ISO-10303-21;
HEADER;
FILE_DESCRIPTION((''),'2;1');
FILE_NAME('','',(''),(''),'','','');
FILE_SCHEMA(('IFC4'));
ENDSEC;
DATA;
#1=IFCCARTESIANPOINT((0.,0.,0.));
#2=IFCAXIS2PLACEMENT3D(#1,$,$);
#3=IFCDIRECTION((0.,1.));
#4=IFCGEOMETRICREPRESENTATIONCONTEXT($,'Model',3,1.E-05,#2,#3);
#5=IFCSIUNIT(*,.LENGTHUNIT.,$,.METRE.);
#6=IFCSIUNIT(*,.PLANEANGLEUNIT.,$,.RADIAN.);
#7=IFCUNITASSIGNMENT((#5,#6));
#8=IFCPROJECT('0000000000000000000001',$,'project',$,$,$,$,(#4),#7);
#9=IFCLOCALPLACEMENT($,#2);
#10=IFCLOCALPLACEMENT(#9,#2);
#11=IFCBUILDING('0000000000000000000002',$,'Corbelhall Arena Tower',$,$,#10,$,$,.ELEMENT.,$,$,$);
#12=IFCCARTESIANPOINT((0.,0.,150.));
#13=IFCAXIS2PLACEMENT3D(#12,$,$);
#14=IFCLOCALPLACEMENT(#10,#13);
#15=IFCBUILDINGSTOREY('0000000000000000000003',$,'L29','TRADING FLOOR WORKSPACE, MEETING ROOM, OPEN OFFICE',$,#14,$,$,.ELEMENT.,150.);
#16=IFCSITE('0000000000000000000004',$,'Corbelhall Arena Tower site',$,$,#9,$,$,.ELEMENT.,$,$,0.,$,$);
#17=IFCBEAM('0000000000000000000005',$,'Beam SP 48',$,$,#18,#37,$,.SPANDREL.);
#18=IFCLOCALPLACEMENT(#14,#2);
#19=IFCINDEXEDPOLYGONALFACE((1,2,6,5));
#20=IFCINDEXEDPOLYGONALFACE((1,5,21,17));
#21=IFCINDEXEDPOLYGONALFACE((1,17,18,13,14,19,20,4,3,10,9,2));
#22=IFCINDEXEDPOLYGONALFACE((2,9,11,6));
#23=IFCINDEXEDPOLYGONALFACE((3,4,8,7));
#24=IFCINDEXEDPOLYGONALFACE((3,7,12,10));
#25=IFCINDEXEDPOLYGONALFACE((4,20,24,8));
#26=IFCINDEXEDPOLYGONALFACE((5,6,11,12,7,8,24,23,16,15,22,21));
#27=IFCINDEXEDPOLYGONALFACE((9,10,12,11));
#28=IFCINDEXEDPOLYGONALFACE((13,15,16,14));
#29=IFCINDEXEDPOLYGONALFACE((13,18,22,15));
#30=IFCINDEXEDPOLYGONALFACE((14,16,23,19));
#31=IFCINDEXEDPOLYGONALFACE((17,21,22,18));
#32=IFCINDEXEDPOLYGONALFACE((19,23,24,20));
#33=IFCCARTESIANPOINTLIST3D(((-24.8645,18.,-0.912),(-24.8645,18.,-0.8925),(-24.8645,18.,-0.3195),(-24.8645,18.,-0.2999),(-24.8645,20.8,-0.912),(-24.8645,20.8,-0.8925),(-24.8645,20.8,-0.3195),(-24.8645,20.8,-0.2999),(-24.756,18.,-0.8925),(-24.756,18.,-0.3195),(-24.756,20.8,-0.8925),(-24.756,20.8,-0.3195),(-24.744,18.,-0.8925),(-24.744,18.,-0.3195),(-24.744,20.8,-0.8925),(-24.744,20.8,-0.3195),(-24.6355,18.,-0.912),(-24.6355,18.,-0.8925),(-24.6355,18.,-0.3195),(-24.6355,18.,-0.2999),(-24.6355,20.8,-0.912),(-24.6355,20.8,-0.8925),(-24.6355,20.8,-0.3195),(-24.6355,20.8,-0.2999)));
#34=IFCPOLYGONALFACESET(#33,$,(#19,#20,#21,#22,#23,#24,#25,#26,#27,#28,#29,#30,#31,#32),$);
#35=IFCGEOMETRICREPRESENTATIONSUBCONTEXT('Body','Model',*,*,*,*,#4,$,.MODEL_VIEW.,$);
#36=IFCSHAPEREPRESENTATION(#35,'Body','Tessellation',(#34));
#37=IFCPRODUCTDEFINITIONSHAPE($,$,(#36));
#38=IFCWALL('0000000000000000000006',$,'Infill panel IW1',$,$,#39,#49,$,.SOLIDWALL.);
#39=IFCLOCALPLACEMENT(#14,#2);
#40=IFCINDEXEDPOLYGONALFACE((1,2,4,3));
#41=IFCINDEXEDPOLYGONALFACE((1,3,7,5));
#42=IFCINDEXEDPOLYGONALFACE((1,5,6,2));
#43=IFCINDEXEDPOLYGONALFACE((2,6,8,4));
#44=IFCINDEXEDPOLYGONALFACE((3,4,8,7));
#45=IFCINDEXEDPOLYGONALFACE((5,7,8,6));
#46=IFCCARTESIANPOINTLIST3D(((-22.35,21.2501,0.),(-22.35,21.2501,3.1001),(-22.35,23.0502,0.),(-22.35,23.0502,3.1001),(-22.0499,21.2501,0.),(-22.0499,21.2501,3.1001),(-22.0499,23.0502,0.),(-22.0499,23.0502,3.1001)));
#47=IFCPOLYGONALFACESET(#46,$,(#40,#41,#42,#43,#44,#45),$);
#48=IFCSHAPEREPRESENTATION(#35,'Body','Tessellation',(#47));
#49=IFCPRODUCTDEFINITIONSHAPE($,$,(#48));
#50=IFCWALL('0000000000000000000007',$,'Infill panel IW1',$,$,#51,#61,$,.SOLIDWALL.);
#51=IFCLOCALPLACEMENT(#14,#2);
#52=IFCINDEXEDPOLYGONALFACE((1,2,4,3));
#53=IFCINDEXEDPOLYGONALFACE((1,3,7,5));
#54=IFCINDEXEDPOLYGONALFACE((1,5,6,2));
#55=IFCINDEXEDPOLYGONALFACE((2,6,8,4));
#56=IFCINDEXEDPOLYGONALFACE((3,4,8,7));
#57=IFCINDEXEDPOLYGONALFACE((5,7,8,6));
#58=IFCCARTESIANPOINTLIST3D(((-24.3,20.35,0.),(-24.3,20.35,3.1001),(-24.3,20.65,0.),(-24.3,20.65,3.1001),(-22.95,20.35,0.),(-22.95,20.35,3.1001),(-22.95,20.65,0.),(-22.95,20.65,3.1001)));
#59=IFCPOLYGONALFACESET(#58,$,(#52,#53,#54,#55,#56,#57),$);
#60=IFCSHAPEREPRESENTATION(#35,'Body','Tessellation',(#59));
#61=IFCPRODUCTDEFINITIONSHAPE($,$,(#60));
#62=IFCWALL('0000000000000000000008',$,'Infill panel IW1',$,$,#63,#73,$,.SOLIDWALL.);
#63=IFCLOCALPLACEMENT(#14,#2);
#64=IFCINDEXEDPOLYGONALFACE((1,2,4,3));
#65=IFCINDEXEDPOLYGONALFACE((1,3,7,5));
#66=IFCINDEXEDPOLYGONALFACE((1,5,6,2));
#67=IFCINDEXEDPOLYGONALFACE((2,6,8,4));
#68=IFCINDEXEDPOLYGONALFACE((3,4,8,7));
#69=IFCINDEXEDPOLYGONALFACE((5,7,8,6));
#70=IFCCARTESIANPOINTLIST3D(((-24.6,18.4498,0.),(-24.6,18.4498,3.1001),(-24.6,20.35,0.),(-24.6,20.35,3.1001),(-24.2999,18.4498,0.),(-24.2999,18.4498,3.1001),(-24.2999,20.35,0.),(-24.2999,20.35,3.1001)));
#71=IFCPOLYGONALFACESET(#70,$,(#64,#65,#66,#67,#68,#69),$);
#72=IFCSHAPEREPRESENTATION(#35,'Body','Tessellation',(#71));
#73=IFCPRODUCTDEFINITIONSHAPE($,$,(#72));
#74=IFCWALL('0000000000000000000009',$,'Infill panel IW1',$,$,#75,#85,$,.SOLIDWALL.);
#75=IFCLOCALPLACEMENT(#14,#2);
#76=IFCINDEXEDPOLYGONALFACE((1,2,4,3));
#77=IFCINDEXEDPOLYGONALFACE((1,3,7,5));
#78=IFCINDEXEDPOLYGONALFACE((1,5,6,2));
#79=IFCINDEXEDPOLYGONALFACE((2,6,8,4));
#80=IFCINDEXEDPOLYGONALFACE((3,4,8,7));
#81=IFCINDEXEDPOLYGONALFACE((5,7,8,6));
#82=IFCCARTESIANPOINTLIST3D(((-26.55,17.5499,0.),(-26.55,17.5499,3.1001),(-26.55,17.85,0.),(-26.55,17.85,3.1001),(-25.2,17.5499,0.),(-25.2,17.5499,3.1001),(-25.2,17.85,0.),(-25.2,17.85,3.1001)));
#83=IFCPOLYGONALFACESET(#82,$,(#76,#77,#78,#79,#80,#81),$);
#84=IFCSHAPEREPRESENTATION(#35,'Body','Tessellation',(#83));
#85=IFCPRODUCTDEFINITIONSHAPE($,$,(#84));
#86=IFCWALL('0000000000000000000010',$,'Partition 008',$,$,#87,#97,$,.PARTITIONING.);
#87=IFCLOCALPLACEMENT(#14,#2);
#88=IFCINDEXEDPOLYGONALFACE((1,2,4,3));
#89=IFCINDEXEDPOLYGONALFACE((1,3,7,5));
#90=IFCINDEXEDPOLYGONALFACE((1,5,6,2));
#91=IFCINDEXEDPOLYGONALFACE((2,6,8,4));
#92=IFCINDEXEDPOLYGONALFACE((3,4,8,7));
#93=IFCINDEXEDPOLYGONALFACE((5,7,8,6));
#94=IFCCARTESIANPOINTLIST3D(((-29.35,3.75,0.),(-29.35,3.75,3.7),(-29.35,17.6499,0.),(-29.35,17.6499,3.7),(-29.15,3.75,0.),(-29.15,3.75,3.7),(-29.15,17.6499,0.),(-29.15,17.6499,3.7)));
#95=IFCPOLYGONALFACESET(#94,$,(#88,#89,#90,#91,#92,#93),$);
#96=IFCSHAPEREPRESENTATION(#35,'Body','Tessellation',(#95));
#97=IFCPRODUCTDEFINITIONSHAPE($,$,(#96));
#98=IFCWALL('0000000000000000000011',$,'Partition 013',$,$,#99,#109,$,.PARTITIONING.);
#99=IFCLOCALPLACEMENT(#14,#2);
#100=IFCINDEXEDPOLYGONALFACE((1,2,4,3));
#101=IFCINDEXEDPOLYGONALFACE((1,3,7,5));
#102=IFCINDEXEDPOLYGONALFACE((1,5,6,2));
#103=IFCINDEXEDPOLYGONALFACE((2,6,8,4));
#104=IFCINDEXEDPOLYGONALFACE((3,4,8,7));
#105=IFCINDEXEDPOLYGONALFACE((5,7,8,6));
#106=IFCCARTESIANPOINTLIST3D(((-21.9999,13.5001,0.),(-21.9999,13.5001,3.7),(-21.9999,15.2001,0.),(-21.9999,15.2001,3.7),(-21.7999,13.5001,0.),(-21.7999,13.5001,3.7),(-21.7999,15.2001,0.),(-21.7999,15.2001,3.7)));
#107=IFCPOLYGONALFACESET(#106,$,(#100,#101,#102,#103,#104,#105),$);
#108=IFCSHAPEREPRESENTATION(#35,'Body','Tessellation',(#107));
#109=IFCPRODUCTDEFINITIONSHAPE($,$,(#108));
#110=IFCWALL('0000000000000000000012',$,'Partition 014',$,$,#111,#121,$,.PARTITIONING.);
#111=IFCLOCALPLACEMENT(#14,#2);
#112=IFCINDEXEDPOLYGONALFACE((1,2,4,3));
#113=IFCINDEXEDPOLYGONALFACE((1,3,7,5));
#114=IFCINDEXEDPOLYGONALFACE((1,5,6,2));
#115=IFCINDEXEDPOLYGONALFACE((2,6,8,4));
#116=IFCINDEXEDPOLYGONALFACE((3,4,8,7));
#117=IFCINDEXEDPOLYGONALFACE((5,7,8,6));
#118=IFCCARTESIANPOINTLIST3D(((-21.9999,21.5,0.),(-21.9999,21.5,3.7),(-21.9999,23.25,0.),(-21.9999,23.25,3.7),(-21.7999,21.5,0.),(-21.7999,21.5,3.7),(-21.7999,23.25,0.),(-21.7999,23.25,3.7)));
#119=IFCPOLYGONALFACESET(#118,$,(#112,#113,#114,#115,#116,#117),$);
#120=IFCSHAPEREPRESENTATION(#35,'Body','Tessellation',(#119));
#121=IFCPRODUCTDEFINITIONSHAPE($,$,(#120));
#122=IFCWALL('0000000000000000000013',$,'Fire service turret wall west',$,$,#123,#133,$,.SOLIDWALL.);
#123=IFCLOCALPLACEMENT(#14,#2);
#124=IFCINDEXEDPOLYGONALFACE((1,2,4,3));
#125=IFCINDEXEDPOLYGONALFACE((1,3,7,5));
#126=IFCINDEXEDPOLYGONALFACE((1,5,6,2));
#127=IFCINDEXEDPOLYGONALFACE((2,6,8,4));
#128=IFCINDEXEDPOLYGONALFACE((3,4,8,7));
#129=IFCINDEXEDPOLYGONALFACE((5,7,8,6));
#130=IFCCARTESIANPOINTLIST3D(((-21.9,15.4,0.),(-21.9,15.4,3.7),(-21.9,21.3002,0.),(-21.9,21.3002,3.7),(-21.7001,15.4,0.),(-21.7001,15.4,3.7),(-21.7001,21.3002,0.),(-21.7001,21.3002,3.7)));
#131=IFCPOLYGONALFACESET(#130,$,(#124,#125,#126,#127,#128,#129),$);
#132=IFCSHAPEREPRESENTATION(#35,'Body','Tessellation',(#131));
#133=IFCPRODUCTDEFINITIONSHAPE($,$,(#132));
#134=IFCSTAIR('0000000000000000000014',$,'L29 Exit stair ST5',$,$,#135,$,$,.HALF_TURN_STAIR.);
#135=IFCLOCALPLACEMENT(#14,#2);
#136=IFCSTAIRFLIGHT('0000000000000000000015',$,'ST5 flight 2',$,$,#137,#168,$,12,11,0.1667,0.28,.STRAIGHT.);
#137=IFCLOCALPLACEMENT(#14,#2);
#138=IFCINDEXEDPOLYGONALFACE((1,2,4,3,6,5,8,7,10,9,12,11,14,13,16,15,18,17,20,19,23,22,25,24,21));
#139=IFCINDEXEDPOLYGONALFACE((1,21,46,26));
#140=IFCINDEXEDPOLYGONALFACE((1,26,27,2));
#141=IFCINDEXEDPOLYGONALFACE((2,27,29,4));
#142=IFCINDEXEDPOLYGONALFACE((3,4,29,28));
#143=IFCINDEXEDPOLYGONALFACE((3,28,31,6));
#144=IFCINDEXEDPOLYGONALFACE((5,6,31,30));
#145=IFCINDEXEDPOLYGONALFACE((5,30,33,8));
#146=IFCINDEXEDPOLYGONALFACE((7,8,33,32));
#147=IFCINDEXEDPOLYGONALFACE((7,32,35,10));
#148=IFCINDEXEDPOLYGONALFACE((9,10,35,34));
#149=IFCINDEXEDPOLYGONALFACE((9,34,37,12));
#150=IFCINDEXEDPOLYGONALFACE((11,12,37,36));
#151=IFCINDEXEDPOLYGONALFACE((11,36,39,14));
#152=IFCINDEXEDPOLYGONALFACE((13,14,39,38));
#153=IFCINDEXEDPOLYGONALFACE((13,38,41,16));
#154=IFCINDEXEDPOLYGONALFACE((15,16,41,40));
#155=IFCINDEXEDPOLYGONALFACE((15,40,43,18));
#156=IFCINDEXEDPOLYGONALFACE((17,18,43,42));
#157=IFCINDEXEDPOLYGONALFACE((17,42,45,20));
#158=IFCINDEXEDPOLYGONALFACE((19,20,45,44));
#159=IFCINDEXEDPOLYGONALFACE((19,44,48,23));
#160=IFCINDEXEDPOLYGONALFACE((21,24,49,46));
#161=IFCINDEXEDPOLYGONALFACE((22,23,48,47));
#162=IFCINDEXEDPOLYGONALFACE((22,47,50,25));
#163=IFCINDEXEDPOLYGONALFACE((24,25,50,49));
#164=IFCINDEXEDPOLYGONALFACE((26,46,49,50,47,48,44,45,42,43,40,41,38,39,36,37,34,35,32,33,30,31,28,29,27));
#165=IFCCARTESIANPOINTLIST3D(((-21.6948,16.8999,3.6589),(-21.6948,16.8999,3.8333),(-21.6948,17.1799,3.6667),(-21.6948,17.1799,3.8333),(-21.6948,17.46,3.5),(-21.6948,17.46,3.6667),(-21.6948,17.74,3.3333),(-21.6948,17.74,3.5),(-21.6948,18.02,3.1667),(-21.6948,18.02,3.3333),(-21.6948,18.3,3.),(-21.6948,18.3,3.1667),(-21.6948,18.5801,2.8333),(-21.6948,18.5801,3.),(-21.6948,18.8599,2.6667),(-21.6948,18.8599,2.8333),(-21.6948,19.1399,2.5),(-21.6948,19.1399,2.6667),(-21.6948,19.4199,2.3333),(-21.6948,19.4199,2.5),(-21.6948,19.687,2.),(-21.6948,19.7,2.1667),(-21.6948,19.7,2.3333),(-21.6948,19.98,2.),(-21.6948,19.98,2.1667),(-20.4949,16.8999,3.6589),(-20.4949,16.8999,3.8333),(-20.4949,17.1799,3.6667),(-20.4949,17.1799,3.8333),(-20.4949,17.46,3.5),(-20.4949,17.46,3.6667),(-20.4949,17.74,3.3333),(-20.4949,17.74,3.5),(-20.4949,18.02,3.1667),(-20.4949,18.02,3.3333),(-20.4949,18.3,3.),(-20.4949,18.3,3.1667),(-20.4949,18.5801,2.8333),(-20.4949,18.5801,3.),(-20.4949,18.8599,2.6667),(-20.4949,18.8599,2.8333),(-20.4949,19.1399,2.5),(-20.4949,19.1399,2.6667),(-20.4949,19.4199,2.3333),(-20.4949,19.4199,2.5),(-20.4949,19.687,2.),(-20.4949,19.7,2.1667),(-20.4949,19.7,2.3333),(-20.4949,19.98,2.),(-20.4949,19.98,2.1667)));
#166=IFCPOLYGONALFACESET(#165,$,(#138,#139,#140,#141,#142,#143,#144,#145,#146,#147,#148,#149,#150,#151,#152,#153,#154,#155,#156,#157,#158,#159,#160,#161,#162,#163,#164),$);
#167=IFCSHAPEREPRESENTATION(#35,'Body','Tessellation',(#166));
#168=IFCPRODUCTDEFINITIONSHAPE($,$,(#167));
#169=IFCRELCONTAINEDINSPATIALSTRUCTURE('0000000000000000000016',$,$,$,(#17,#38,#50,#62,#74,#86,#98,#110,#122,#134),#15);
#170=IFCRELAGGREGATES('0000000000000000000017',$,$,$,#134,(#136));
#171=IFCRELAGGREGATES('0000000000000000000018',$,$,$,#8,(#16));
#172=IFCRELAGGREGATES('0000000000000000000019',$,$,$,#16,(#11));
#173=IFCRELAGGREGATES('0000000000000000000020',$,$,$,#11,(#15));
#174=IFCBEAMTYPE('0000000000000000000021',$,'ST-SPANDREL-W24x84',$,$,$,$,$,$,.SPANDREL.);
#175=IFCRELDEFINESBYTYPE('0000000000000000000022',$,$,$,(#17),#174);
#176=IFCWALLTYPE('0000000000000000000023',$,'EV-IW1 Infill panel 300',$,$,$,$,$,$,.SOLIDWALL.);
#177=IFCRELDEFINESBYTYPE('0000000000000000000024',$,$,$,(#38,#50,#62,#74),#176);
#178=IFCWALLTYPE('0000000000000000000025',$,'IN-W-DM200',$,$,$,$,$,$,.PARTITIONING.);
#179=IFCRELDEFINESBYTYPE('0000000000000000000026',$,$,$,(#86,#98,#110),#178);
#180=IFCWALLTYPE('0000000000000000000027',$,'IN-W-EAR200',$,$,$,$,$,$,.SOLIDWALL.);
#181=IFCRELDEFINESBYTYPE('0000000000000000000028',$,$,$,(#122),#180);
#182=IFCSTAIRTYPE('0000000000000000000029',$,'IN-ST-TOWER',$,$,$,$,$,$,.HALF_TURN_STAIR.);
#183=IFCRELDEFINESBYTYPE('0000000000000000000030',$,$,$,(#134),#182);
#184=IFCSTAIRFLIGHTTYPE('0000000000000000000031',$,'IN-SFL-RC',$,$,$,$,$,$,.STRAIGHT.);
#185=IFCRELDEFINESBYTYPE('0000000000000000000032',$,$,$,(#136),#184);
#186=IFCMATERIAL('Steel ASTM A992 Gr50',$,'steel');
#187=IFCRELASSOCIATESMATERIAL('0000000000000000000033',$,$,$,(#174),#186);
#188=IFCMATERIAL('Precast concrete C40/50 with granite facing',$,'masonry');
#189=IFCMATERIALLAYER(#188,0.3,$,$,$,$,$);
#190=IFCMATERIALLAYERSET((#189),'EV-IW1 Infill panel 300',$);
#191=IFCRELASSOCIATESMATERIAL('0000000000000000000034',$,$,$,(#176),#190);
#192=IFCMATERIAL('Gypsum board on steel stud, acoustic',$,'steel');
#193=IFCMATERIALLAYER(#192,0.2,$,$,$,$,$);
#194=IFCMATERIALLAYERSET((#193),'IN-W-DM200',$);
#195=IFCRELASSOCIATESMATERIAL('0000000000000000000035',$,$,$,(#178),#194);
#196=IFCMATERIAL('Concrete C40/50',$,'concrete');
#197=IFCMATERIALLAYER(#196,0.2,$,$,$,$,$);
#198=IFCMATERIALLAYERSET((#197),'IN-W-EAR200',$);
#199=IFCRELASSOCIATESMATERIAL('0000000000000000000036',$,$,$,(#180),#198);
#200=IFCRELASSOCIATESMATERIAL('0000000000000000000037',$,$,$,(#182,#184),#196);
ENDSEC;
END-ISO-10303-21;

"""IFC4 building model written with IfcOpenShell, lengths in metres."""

from ifc_helpers import new_model, si_unit, direction, frame, frame_2d, origin, origin_2d, place, context, subcontext, project, spatial, polyline, rectangle, i_section, outline, extrude, material, layer, layer_set, material_profile, profile_set, type_object, element, aggregate, save


model = new_model("IFC4")

# Units and contexts
model_context = context("Model", 3, precision=1e-05, world=origin(), true_north=direction((0.0, 1.0)))
body_context = subcontext(model_context, "Body", "Model", "MODEL_VIEW")
ifc_project = project(units=[si_unit("LENGTHUNIT", "METRE"), si_unit("PLANEANGLEUNIT", "RADIAN")], contexts=[model_context])

# Site, building, storey
site_placement = place(None, origin())
site = spatial("IfcSite", under=ifc_project, at=site_placement, Name="Corbelhall Arena Tower site", CompositionType="ELEMENT", RefElevation=0.0)
building_placement = place(site_placement, origin())
building = spatial("IfcBuilding", under=site, at=building_placement, Name="Corbelhall Arena Tower", CompositionType="ELEMENT")
storey_placement = place(building_placement, frame((0.0, 0.0, 150.0)))
storey = spatial("IfcBuildingStorey", under=building, at=storey_placement, Name="L29", Description="TRADING FLOOR WORKSPACE, MEETING ROOM, OPEN OFFICE", CompositionType="ELEMENT", Elevation=150.0)

# Beam
ifc_material_1 = material(Name="Steel ASTM A992 Gr50", Category="steel")
ifc_material_profile_1 = material_profile(ifc_material_1, i_section(OverallWidth=0.229, OverallDepth=0.6121, WebThickness=0.012, FlangeThickness=0.0195, at=origin_2d()))
ifc_profile_set_1 = profile_set([ifc_material_profile_1], Name="Steel ASTM A992 Gr50")
beam_type = type_object("IfcBeamType", Name="ST-SPANDREL-W24x84", PredefinedType="SPANDREL", material=ifc_profile_set_1)
beam_1_placement = place(storey_placement, frame((-24.75, 18.0, -0.606), z_axis=(0.0, 1.0, 0.0), x_axis=(-1.0, 0.0, 0.0)))
element("IfcBeam", 1, at=beam_1_placement, inside=storey, type_object=beam_type, Name="Beam SP 48", PredefinedType="SPANDREL", context=body_context, shape_type="SweptSolid", body=[
    extrude(i_section(OverallWidth=0.229, OverallDepth=0.6121, WebThickness=0.012, FlangeThickness=0.0195, at=origin_2d()), origin(), (0.0, 0.0, 1.0), 2.8),
])

# Walls
ifc_material_2 = material(Name="Precast concrete C40/50 with granite facing", Category="masonry")
ifc_layer_1 = layer(ifc_material_2, 0.3)
ifc_layer_set_1 = layer_set([ifc_layer_1], Name="EV-IW1 Infill panel 300")
wall_type_1 = type_object("IfcWallType", Name="EV-IW1 Infill panel 300", PredefinedType="SOLIDWALL", material=ifc_layer_set_1)
wall_1_placement = place(storey_placement, frame((-22.2, 23.05, 0.0), z_axis=(0.0, 0.0, 1.0), x_axis=(0.0, -1.0, 0.0)))
element("IfcWall", 2, at=wall_1_placement, inside=storey, type_object=wall_type_1, Name="Infill panel IW1", PredefinedType="SOLIDWALL", context=body_context, shape_type="SweptSolid", body=[
    extrude(rectangle(XDim=1.8, YDim=0.3, at=frame_2d((0.8999, 0.0))), origin(), (0.0, 0.0, 1.0), 3.1001),
])
wall_2_placement = place(storey_placement, frame((-22.95, 20.5, 0.0), z_axis=(0.0, 0.0, 1.0), x_axis=(-1.0, 0.0, 0.0)))
element("IfcWall", 3, at=wall_2_placement, inside=storey, type_object=wall_type_1, Name="Infill panel IW1", PredefinedType="SOLIDWALL", context=body_context, shape_type="SweptSolid", body=[
    extrude(rectangle(XDim=1.3501, YDim=0.3, at=frame_2d((0.675, 0.0))), origin(), (0.0, 0.0, 1.0), 3.1001),
])
wall_3_placement = place(storey_placement, frame((-24.45, 20.3501, 0.0), z_axis=(0.0, 0.0, 1.0), x_axis=(0.0, -1.0, 0.0)))
element("IfcWall", 4, at=wall_3_placement, inside=storey, type_object=wall_type_1, Name="Infill panel IW1", PredefinedType="SOLIDWALL", context=body_context, shape_type="SweptSolid", body=[
    extrude(rectangle(XDim=1.9001, YDim=0.3, at=frame_2d((0.9502, 0.0))), origin(), (0.0, 0.0, 1.0), 3.1001),
])
wall_4_placement = place(storey_placement, frame((-25.2, 17.7, 0.0), z_axis=(0.0, 0.0, 1.0), x_axis=(-1.0, 0.0, 0.0)))
element("IfcWall", 5, at=wall_4_placement, inside=storey, type_object=wall_type_1, Name="Infill panel IW1", PredefinedType="SOLIDWALL", context=body_context, shape_type="SweptSolid", body=[
    extrude(rectangle(XDim=1.3501, YDim=0.3, at=frame_2d((0.675, 0.0))), origin(), (0.0, 0.0, 1.0), 3.1001),
])

# Wall
ifc_material_3 = material(Name="Gypsum board on steel stud, acoustic", Category="steel")
ifc_layer_2 = layer(ifc_material_3, 0.2)
ifc_layer_set_2 = layer_set([ifc_layer_2], Name="IN-W-DM200")
wall_type_2 = type_object("IfcWallType", Name="IN-W-DM200", PredefinedType="PARTITIONING", material=ifc_layer_set_2)
wall_5_placement = place(storey_placement, frame((-29.25, 3.75, 0.0), z_axis=(0.0, 0.0, 1.0), x_axis=(0.0, 1.0, 0.0)))
element("IfcWall", 6, at=wall_5_placement, inside=storey, type_object=wall_type_2, Name="Partition 008", PredefinedType="PARTITIONING", context=body_context, shape_type="SweptSolid", body=[
    extrude(rectangle(XDim=13.8999, YDim=0.2, at=frame_2d((6.95, 0.0))), origin(), (0.0, 0.0, 1.0), 3.7),
])

# Walls
wall_6_placement = place(storey_placement, frame((-21.8999, 13.5, 0.0), z_axis=(0.0, 0.0, 1.0), x_axis=(0.0, 1.0, 0.0)))
element("IfcWall", 7, at=wall_6_placement, inside=storey, type_object=wall_type_2, Name="Partition 013", PredefinedType="PARTITIONING", context=body_context, shape_type="SweptSolid", body=[
    extrude(rectangle(XDim=1.7, YDim=0.2, at=frame_2d((0.8501, 0.0))), origin(), (0.0, 0.0, 1.0), 3.7),
])
wall_7_placement = place(storey_placement, frame((-21.8999, 21.5, 0.0), z_axis=(0.0, 0.0, 1.0), x_axis=(0.0, 1.0, 0.0)))
element("IfcWall", 8, at=wall_7_placement, inside=storey, type_object=wall_type_2, Name="Partition 014", PredefinedType="PARTITIONING", context=body_context, shape_type="SweptSolid", body=[
    extrude(rectangle(XDim=1.75, YDim=0.2, at=frame_2d((0.875, 0.0))), origin(), (0.0, 0.0, 1.0), 3.7),
])

# Shared definitions
ifc_material_4 = material(Name="Concrete C40/50", Category="concrete")
ifc_layer_3 = layer(ifc_material_4, 0.2)
ifc_layer_set_3 = layer_set([ifc_layer_3], Name="IN-W-EAR200")
wall_type_3 = type_object("IfcWallType", Name="IN-W-EAR200", PredefinedType="SOLIDWALL", material=ifc_layer_set_3)

# Wall
wall_8_placement = place(storey_placement, frame((-21.8, 15.3999, 0.0), z_axis=(0.0, 0.0, 1.0), x_axis=(0.0, 1.0, 0.0)))
element("IfcWall", 9, at=wall_8_placement, inside=storey, type_object=wall_type_3, Name="Fire service turret wall west", PredefinedType="SOLIDWALL", context=body_context, shape_type="SweptSolid", body=[
    extrude(rectangle(XDim=5.9001, YDim=0.2, at=frame_2d((2.9502, 0.0))), origin(), (0.0, 0.0, 1.0), 3.7),
])

# Stair, stair flight
stair_type = type_object("IfcStairType", Name="IN-ST-TOWER", PredefinedType="HALF_TURN_STAIR", material=ifc_material_4)
stair_placement = place(storey_placement, origin())
stair = element("IfcStair", 10, at=stair_placement, inside=storey, type_object=stair_type, Name="L29 Exit stair ST5", PredefinedType="HALF_TURN_STAIR")
stair_flight_type = type_object("IfcStairFlightType", Name="IN-SFL-RC", PredefinedType="STRAIGHT", material=ifc_material_4)
stair_flight_placement = place(storey_placement, frame((-21.095, 19.98, 2.0), z_axis=(0.0, 0.0, 1.0), x_axis=(0.0, -1.0, 0.0)))
stair_flight = element("IfcStairFlight", 11, at=stair_flight_placement, type_object=stair_flight_type, Name="ST5 flight 2", NumberOfRisers=12, NumberOfTreads=11, PredefinedType="STRAIGHT", RiserHeight=0.1667, TreadLength=0.28, context=body_context, shape_type="SweptSolid", body=[
    extrude(outline(polyline([(0.0, 0.0), (0.0, 0.1667), (0.28, 0.1667), (0.28, 0.3333), (0.5601, 0.3333), (0.5601, 0.5), (0.8401, 0.5), (0.8401, 0.6667), (1.1201, 0.6667), (1.1201, 0.8333), (1.3999, 0.8333), (1.3999, 1.0), (1.6799, 1.0), (1.6799, 1.1667), (1.96, 1.1667), (1.96, 1.3333), (2.24, 1.3333), (2.24, 1.5), (2.52, 1.5), (2.52, 1.6667), (2.8, 1.6667), (2.8, 1.8333), (3.0801, 1.8333), (3.0801, 2.0), (3.0801, 1.6589), (0.293, 0.0), (0.0, 0.0)])), frame((0.0, 0.6001, 0.0), z_axis=(0.0, -1.0, 0.0), x_axis=(1.0, 0.0, 0.0)), (0.0, 0.0, 1.0), 1.2),
])
aggregate(stair, [stair_flight])

save(model, "model.ifc")
